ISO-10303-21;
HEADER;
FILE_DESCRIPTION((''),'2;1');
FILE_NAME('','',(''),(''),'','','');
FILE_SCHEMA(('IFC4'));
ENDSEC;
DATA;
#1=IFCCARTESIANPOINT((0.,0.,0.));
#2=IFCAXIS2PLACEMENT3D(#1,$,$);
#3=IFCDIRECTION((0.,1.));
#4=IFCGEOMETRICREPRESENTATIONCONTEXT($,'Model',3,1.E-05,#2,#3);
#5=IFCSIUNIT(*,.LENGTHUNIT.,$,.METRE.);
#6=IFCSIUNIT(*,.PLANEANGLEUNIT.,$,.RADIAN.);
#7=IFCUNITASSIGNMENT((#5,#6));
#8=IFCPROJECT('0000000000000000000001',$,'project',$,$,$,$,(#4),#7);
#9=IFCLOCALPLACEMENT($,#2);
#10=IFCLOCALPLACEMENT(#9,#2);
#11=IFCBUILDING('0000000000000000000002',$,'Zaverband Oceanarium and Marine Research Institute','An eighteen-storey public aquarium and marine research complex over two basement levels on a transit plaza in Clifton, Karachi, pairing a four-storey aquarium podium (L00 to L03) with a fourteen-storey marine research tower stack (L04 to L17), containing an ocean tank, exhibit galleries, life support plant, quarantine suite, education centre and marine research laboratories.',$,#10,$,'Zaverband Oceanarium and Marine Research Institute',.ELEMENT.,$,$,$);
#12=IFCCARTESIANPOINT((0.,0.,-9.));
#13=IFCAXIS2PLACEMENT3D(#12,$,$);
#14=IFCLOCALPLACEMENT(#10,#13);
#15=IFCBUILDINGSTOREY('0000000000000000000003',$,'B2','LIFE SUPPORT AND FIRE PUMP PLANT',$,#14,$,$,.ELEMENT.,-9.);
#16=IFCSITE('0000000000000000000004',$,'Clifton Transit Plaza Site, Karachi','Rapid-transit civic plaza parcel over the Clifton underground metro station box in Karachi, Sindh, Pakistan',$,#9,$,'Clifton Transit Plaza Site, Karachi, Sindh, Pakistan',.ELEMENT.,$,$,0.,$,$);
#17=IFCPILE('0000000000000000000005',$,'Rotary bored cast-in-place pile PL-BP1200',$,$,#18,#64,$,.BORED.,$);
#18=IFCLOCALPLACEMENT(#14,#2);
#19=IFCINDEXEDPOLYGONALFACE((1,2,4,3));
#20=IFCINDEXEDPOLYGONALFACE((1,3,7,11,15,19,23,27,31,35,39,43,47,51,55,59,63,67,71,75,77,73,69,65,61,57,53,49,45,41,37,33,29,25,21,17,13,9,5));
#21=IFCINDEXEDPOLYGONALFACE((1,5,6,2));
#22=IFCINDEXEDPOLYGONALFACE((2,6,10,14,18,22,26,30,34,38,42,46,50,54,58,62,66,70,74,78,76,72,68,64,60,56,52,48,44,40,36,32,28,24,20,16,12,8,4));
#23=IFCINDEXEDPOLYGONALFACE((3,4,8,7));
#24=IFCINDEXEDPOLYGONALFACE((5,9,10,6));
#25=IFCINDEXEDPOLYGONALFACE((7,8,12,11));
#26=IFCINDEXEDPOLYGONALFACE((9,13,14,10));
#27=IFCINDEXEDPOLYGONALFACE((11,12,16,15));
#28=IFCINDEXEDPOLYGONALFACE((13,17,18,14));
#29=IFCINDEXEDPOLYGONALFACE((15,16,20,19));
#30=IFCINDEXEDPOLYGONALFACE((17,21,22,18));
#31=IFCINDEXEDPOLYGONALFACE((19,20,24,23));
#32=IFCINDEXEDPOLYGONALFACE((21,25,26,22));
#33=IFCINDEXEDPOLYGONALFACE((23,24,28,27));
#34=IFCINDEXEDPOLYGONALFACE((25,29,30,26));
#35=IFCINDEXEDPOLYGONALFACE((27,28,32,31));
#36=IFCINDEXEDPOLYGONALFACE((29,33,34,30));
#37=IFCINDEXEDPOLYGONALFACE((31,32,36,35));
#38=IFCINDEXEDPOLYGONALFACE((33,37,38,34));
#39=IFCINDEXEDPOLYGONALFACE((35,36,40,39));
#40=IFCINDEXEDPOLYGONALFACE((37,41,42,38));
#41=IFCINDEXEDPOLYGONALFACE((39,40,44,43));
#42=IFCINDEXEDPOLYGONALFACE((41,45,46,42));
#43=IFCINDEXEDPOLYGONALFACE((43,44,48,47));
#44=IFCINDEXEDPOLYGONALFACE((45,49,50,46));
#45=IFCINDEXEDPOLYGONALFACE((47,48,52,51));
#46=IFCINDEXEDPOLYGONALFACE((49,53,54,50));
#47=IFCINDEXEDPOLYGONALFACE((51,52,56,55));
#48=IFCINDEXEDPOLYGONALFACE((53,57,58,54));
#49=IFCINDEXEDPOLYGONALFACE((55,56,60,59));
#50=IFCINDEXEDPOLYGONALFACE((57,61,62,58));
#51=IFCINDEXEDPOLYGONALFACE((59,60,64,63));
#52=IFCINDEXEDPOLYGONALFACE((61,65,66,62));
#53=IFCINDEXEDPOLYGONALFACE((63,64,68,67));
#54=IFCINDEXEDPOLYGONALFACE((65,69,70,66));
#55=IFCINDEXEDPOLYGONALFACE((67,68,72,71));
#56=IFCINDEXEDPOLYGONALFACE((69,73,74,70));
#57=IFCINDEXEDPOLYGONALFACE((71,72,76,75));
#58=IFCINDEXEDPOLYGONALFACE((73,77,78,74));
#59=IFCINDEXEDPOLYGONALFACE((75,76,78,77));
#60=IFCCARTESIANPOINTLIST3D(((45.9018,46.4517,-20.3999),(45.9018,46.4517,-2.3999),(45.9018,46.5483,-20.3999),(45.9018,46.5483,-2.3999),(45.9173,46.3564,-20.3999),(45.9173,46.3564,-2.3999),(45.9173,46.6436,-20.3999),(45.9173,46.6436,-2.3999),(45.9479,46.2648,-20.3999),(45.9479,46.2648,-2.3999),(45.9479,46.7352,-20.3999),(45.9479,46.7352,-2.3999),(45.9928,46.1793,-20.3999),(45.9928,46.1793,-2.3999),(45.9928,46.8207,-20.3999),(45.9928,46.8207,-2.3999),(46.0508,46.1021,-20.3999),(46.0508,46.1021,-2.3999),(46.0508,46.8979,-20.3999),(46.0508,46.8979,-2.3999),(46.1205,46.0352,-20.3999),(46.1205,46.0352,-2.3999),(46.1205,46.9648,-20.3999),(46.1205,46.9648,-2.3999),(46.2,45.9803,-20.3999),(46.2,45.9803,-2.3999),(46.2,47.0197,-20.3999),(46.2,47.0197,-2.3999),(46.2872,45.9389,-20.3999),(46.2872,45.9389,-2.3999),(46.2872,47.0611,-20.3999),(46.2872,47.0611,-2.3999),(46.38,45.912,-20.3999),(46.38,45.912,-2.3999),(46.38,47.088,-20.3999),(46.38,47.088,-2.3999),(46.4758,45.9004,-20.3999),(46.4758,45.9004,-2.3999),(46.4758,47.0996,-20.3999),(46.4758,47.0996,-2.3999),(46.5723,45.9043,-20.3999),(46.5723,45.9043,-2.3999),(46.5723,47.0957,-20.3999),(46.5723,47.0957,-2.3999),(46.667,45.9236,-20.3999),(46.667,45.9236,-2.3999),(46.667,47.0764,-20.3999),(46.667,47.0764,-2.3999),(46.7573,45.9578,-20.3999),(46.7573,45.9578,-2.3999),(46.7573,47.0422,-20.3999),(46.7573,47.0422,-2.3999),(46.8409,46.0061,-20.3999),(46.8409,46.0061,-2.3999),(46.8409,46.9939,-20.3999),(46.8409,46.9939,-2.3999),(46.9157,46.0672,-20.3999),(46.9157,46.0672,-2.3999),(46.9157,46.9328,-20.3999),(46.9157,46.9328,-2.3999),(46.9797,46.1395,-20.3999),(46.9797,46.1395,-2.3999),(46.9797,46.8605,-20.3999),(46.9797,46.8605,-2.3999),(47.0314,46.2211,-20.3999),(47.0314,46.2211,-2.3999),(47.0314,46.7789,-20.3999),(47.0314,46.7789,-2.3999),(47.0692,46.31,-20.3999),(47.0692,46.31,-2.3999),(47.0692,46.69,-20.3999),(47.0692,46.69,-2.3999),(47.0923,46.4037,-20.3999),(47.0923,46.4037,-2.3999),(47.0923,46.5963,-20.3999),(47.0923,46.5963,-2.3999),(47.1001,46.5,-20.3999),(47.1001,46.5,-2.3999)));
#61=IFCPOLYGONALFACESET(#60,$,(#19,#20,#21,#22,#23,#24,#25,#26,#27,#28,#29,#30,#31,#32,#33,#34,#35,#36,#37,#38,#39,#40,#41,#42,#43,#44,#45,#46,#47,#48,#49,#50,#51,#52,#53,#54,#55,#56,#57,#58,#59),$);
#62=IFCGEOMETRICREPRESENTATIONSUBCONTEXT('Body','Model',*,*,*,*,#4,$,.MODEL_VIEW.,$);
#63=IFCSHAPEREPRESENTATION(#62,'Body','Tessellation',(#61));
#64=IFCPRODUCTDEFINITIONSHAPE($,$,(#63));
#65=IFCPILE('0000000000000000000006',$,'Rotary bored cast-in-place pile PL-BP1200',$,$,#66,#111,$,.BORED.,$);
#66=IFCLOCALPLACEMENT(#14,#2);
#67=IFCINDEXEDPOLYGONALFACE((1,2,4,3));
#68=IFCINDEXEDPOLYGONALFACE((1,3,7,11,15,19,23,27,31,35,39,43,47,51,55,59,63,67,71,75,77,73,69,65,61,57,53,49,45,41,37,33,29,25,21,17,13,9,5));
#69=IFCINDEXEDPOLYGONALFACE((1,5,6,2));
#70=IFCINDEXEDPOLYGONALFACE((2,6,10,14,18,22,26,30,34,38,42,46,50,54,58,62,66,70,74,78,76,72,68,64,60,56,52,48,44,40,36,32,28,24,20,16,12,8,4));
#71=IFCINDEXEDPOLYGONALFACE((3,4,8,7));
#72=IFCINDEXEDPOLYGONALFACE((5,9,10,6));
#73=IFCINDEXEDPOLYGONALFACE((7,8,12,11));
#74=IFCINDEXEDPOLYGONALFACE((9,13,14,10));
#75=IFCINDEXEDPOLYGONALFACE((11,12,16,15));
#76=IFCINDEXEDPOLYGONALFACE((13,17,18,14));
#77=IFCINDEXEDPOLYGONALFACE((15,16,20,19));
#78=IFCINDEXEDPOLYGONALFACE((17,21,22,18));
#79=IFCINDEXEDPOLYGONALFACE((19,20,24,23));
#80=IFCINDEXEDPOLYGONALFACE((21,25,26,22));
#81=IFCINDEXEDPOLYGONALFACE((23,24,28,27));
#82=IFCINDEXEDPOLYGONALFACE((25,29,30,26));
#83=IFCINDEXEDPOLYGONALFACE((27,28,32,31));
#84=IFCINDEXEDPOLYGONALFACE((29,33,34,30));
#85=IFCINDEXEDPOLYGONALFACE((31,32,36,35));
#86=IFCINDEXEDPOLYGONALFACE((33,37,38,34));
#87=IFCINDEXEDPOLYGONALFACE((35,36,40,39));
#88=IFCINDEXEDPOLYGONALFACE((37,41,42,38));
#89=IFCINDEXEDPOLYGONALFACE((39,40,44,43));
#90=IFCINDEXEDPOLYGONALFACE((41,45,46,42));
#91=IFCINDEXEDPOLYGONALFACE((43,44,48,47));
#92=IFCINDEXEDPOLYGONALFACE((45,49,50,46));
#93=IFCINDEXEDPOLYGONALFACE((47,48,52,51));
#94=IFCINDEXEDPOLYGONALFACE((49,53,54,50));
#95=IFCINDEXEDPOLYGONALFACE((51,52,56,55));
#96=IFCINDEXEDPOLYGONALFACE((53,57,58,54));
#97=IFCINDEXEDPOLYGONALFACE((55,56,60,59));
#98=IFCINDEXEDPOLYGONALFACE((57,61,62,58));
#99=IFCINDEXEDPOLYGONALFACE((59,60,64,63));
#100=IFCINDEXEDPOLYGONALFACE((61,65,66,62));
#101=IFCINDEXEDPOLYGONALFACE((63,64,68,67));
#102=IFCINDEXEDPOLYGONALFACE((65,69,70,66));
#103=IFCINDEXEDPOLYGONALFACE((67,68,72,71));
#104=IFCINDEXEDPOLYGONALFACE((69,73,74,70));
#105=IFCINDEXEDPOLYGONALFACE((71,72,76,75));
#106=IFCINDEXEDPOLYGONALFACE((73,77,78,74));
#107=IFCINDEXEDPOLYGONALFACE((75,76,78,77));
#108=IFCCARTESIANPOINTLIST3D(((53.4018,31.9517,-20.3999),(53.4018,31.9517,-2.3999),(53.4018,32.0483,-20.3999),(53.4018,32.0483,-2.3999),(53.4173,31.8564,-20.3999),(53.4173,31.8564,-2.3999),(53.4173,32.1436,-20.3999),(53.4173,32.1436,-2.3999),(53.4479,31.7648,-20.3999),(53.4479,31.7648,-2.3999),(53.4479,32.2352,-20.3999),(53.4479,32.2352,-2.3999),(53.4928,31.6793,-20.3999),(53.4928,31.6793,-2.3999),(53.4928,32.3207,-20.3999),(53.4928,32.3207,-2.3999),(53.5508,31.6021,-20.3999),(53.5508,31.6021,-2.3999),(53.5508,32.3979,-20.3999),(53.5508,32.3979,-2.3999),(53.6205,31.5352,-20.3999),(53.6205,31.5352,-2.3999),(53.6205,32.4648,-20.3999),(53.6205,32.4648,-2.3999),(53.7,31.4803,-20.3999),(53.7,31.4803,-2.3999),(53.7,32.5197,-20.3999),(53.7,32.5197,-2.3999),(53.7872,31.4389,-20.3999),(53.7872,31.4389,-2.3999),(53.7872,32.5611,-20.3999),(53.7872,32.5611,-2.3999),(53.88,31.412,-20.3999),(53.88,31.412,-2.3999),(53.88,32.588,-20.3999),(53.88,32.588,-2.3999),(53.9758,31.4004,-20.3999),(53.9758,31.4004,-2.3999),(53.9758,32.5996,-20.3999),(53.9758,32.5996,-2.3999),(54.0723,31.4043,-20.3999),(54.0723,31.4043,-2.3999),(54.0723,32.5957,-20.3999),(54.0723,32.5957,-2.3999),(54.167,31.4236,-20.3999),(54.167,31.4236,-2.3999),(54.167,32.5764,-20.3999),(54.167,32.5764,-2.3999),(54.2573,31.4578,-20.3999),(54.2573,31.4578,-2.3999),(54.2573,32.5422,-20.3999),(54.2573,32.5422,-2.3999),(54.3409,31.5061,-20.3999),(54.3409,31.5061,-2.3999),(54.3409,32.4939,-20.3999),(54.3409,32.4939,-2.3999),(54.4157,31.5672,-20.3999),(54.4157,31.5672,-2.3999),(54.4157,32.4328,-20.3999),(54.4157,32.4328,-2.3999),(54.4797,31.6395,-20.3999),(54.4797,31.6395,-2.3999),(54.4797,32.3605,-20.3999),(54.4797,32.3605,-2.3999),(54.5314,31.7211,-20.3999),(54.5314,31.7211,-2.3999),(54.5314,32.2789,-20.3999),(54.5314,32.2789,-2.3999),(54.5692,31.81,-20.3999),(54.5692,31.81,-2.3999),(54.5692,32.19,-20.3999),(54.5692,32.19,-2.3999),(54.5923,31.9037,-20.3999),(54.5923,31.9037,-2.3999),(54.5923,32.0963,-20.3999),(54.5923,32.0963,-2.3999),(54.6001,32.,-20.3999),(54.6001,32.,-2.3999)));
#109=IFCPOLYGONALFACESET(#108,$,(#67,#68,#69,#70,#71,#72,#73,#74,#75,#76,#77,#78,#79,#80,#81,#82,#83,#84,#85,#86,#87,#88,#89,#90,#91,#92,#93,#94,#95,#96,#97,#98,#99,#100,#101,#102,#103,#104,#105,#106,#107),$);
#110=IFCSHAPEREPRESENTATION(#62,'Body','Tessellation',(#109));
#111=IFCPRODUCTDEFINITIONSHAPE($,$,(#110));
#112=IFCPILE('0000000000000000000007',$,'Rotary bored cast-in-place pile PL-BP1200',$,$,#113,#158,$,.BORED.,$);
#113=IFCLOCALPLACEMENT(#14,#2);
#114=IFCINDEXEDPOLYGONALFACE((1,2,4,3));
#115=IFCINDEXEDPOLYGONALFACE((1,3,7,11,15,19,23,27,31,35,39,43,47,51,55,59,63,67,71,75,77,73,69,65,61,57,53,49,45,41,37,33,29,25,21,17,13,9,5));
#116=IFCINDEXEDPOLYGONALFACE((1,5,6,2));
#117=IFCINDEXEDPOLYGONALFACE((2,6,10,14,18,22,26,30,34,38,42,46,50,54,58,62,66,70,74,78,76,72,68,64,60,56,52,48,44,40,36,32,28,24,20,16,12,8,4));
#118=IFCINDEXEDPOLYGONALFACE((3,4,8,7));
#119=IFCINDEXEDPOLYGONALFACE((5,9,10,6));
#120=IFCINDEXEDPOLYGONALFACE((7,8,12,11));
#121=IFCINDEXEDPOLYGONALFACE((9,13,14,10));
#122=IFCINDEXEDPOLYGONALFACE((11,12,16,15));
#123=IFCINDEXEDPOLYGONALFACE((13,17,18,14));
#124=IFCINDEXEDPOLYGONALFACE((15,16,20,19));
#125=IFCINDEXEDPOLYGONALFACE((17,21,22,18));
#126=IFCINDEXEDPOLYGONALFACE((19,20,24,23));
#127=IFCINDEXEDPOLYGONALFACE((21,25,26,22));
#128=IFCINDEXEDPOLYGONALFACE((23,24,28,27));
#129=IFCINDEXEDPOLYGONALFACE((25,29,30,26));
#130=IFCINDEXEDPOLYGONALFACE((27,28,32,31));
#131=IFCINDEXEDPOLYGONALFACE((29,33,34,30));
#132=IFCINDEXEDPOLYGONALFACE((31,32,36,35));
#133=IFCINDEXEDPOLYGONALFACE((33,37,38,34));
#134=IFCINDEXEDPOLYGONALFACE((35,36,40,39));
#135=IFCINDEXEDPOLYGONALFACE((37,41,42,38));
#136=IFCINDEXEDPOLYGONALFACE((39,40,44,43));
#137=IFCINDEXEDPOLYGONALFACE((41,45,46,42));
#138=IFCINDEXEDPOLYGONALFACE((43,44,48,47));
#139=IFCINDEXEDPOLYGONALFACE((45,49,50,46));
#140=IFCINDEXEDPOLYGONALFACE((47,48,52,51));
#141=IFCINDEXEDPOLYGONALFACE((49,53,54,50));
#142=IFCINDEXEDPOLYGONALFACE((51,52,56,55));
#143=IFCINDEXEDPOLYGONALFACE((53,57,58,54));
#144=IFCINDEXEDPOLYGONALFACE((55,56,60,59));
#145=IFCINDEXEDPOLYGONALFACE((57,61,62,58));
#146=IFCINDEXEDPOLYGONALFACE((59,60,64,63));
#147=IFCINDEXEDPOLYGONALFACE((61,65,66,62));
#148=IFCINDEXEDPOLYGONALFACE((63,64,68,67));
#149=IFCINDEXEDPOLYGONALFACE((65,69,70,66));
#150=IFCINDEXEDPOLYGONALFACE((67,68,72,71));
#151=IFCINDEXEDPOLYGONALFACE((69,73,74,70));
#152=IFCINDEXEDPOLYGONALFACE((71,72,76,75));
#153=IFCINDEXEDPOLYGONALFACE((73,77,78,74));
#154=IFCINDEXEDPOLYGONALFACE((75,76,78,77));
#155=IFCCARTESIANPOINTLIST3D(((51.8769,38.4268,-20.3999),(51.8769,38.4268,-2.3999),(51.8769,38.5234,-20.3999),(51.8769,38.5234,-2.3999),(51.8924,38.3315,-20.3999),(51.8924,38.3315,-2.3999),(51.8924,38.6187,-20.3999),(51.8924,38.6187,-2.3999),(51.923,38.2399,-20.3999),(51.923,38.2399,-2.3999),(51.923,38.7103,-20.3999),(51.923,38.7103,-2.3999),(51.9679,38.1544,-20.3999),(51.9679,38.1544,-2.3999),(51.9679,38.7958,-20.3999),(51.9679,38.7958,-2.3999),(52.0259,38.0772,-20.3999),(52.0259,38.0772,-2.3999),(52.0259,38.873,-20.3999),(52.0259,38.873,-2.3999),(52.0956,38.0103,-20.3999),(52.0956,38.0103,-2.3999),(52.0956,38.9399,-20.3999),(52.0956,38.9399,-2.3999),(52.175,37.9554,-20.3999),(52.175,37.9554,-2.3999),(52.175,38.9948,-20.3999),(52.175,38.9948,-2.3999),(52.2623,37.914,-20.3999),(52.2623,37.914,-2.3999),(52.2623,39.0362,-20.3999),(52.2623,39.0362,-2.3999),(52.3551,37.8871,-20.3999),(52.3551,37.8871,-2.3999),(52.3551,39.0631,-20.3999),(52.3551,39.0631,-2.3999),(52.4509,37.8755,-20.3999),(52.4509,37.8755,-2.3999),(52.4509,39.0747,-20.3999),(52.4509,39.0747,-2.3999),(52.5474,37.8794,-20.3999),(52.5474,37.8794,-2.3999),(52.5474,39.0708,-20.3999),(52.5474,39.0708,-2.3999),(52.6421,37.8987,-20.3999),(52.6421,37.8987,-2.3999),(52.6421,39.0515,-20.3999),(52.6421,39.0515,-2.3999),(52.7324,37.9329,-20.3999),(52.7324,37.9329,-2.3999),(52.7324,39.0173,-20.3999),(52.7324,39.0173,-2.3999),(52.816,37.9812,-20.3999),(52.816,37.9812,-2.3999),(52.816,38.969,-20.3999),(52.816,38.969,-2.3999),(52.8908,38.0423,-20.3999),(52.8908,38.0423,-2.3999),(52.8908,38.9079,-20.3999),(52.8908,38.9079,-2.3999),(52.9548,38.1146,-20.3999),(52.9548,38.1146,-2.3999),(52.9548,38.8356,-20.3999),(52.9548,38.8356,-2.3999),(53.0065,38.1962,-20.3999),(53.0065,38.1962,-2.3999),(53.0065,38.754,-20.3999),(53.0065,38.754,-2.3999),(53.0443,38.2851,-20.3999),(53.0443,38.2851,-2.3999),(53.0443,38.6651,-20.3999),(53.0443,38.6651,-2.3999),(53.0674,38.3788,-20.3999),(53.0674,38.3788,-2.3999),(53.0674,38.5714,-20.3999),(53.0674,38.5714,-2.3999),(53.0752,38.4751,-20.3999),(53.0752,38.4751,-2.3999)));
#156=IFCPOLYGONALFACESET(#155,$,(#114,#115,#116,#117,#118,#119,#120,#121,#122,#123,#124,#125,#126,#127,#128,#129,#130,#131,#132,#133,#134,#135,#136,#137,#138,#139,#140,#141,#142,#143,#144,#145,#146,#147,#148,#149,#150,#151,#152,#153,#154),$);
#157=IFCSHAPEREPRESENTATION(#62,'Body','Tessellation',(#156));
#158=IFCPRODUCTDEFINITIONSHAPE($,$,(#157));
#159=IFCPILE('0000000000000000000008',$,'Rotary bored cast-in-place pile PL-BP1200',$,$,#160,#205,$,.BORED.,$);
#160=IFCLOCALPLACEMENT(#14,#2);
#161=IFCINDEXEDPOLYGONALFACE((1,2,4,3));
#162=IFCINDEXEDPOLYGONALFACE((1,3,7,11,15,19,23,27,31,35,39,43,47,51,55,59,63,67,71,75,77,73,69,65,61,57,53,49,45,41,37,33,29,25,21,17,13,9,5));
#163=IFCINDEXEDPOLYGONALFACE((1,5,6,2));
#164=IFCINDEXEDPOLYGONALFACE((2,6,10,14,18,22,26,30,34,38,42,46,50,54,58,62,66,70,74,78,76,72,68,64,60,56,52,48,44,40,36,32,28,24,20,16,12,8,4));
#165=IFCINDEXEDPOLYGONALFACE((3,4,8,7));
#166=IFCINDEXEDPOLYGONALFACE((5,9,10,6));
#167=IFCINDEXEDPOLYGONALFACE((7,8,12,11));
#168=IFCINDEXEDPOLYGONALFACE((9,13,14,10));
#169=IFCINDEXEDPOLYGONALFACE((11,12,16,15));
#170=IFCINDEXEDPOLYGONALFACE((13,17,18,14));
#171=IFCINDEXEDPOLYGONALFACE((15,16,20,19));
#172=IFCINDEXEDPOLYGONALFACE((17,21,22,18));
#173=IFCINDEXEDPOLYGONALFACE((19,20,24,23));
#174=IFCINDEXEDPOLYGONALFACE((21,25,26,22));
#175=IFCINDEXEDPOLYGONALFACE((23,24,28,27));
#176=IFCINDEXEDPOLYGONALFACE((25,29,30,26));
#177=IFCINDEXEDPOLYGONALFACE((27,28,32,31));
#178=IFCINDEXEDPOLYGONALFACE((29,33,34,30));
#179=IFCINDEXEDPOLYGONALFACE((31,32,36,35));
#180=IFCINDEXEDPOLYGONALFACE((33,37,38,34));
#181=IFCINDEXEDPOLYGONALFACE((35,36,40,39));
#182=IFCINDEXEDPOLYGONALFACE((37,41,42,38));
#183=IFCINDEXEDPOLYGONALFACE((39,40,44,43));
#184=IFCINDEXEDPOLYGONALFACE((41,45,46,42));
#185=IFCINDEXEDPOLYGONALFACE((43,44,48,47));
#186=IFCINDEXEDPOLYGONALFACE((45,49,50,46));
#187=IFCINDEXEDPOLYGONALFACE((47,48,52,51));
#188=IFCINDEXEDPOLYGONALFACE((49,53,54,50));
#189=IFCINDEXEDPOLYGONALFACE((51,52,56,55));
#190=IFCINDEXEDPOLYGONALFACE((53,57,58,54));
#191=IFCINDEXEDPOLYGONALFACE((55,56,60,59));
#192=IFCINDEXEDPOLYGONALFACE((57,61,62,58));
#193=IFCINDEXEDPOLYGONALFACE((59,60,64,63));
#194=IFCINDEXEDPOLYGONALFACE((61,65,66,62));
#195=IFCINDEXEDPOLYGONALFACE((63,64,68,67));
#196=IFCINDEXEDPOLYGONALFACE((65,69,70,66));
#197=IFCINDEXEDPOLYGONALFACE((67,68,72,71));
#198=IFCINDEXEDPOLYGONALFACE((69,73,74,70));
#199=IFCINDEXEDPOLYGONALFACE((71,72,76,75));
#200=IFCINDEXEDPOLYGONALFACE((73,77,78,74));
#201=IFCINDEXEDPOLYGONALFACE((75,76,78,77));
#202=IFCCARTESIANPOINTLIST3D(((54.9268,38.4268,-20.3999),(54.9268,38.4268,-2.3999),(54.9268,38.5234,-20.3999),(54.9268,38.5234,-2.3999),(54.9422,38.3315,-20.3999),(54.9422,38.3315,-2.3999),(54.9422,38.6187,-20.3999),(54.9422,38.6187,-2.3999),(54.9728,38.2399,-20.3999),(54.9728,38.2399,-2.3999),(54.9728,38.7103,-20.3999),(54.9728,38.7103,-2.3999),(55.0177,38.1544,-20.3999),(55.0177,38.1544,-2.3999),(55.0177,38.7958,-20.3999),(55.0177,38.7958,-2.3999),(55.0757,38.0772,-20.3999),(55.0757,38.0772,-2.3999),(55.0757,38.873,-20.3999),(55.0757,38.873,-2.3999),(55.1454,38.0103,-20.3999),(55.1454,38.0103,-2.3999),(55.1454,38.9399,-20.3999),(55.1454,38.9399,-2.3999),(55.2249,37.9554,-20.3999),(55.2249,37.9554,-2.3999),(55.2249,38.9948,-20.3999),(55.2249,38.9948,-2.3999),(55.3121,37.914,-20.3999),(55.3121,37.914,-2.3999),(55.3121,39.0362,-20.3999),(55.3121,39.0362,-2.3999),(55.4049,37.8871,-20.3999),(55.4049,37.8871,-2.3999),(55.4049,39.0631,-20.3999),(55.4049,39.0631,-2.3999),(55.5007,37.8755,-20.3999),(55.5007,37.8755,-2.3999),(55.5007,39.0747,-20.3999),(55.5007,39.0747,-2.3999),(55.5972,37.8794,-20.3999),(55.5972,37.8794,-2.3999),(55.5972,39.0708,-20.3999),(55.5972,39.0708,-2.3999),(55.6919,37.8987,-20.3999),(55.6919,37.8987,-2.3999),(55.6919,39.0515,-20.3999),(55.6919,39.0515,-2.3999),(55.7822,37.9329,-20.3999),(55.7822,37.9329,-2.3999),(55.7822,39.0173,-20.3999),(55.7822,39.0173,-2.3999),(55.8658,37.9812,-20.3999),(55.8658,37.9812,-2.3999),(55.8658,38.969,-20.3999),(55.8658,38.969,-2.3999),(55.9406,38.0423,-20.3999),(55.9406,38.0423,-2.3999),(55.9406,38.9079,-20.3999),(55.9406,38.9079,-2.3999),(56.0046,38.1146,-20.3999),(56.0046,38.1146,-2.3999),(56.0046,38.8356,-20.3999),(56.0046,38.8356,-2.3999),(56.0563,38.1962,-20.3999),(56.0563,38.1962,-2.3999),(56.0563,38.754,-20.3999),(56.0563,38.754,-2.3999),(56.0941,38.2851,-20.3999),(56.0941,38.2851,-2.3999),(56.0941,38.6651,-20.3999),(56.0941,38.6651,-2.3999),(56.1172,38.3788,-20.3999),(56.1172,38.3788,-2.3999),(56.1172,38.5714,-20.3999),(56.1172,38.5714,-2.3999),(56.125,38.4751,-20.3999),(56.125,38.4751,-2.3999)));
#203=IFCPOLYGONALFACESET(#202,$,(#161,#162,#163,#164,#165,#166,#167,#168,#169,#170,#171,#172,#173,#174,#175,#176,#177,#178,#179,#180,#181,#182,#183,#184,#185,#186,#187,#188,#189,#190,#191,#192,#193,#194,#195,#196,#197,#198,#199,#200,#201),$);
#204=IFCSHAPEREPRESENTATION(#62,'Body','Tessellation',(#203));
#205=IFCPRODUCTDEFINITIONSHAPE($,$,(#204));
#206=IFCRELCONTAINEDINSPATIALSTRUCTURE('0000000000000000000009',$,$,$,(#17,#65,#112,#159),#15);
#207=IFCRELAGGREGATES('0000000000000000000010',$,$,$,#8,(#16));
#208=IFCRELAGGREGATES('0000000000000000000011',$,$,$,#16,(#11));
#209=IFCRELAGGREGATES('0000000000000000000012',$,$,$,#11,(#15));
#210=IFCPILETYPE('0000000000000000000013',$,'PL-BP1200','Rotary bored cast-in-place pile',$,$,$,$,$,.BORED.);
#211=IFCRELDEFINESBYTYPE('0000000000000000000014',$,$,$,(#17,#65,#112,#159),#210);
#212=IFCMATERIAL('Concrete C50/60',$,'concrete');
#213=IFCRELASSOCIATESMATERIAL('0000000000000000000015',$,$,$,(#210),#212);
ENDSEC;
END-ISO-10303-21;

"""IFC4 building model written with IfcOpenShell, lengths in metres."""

from ifc_helpers import new_model, si_unit, direction, frame, origin, origin_2d, place, context, subcontext, project, spatial, circle, extrude, material, material_profile, profile_set, type_object, element, save


model = new_model("IFC4")

# Units and contexts
model_context = context("Model", 3, precision=1e-05, world=origin(), true_north=direction((0.0, 1.0)))
body_context = subcontext(model_context, "Body", "Model", "MODEL_VIEW")
ifc_project = project(units=[si_unit("LENGTHUNIT", "METRE"), si_unit("PLANEANGLEUNIT", "RADIAN")], contexts=[model_context])

# Site, building, storey
site_placement = place(None, origin())
site = spatial("IfcSite", under=ifc_project, at=site_placement, Name="Clifton Transit Plaza Site, Karachi", Description="Rapid-transit civic plaza parcel over the Clifton underground metro station box in Karachi, Sindh, Pakistan", LongName="Clifton Transit Plaza Site, Karachi, Sindh, Pakistan", CompositionType="ELEMENT", RefElevation=0.0)
building_placement = place(site_placement, origin())
building = spatial("IfcBuilding", under=site, at=building_placement, Name="Zaverband Oceanarium and Marine Research Institute", Description="An eighteen-storey public aquarium and marine research complex over two basement levels on a transit plaza in Clifton, Karachi, pairing a four-storey aquarium podium (L00 to L03) with a fourteen-storey marine research tower stack (L04 to L17), containing an ocean tank, exhibit galleries, life support plant, quarantine suite, education centre and marine research laboratories.", LongName="Zaverband Oceanarium and Marine Research Institute", CompositionType="ELEMENT")
storey_placement = place(building_placement, frame((0.0, 0.0, -9.0)))
storey = spatial("IfcBuildingStorey", under=building, at=storey_placement, Name="B2", Description="LIFE SUPPORT AND FIRE PUMP PLANT", CompositionType="ELEMENT", Elevation=-9.0)

# Shared definitions
ifc_material_1 = material(Name="Concrete C50/60", Category="concrete")

# Piles
ifc_material_profile_1 = material_profile(ifc_material_1, circle(Radius=0.6001, at=origin_2d()), Name="BP1200")
ifc_profile_set_1 = profile_set([ifc_material_profile_1], Name="Concrete C50/60")
pile_type = type_object("IfcPileType", Name="PL-BP1200", Description="Rotary bored cast-in-place pile", PredefinedType="BORED", material=ifc_profile_set_1)
for number, where, z_axis, x_axis, name in (
    (1, (46.5, 46.5, -2.3999), (0.0, 0.0, -1.0), (1.0, 0.0, 0.0), "Rotary bored cast-in-place pile PL-BP1200"),
    (2, (54.0, 32.0, -2.3999), (0.0, 0.0, -1.0), (1.0, 0.0, 0.0), "Rotary bored cast-in-place pile PL-BP1200"),
    (3, (52.4751, 38.4751, -2.3999), (0.0, 0.0, -1.0), (1.0, 0.0, 0.0), "Rotary bored cast-in-place pile PL-BP1200"),
    (4, (55.5249, 38.4751, -2.3999), (0.0, 0.0, -1.0), (1.0, 0.0, 0.0), "Rotary bored cast-in-place pile PL-BP1200"),
):
    element("IfcPile", number, at=place(storey_placement, frame(where, z_axis=z_axis, x_axis=x_axis)), inside=storey, type_object=pile_type, Name=name, PredefinedType="BORED", context=body_context, shape_type="SweptSolid", body=[
        extrude(circle(Radius=0.6001, at=origin_2d()), origin(), (0.0, 0.0, 1.0), 18.0),
    ])

save(model, "model.ifc")
